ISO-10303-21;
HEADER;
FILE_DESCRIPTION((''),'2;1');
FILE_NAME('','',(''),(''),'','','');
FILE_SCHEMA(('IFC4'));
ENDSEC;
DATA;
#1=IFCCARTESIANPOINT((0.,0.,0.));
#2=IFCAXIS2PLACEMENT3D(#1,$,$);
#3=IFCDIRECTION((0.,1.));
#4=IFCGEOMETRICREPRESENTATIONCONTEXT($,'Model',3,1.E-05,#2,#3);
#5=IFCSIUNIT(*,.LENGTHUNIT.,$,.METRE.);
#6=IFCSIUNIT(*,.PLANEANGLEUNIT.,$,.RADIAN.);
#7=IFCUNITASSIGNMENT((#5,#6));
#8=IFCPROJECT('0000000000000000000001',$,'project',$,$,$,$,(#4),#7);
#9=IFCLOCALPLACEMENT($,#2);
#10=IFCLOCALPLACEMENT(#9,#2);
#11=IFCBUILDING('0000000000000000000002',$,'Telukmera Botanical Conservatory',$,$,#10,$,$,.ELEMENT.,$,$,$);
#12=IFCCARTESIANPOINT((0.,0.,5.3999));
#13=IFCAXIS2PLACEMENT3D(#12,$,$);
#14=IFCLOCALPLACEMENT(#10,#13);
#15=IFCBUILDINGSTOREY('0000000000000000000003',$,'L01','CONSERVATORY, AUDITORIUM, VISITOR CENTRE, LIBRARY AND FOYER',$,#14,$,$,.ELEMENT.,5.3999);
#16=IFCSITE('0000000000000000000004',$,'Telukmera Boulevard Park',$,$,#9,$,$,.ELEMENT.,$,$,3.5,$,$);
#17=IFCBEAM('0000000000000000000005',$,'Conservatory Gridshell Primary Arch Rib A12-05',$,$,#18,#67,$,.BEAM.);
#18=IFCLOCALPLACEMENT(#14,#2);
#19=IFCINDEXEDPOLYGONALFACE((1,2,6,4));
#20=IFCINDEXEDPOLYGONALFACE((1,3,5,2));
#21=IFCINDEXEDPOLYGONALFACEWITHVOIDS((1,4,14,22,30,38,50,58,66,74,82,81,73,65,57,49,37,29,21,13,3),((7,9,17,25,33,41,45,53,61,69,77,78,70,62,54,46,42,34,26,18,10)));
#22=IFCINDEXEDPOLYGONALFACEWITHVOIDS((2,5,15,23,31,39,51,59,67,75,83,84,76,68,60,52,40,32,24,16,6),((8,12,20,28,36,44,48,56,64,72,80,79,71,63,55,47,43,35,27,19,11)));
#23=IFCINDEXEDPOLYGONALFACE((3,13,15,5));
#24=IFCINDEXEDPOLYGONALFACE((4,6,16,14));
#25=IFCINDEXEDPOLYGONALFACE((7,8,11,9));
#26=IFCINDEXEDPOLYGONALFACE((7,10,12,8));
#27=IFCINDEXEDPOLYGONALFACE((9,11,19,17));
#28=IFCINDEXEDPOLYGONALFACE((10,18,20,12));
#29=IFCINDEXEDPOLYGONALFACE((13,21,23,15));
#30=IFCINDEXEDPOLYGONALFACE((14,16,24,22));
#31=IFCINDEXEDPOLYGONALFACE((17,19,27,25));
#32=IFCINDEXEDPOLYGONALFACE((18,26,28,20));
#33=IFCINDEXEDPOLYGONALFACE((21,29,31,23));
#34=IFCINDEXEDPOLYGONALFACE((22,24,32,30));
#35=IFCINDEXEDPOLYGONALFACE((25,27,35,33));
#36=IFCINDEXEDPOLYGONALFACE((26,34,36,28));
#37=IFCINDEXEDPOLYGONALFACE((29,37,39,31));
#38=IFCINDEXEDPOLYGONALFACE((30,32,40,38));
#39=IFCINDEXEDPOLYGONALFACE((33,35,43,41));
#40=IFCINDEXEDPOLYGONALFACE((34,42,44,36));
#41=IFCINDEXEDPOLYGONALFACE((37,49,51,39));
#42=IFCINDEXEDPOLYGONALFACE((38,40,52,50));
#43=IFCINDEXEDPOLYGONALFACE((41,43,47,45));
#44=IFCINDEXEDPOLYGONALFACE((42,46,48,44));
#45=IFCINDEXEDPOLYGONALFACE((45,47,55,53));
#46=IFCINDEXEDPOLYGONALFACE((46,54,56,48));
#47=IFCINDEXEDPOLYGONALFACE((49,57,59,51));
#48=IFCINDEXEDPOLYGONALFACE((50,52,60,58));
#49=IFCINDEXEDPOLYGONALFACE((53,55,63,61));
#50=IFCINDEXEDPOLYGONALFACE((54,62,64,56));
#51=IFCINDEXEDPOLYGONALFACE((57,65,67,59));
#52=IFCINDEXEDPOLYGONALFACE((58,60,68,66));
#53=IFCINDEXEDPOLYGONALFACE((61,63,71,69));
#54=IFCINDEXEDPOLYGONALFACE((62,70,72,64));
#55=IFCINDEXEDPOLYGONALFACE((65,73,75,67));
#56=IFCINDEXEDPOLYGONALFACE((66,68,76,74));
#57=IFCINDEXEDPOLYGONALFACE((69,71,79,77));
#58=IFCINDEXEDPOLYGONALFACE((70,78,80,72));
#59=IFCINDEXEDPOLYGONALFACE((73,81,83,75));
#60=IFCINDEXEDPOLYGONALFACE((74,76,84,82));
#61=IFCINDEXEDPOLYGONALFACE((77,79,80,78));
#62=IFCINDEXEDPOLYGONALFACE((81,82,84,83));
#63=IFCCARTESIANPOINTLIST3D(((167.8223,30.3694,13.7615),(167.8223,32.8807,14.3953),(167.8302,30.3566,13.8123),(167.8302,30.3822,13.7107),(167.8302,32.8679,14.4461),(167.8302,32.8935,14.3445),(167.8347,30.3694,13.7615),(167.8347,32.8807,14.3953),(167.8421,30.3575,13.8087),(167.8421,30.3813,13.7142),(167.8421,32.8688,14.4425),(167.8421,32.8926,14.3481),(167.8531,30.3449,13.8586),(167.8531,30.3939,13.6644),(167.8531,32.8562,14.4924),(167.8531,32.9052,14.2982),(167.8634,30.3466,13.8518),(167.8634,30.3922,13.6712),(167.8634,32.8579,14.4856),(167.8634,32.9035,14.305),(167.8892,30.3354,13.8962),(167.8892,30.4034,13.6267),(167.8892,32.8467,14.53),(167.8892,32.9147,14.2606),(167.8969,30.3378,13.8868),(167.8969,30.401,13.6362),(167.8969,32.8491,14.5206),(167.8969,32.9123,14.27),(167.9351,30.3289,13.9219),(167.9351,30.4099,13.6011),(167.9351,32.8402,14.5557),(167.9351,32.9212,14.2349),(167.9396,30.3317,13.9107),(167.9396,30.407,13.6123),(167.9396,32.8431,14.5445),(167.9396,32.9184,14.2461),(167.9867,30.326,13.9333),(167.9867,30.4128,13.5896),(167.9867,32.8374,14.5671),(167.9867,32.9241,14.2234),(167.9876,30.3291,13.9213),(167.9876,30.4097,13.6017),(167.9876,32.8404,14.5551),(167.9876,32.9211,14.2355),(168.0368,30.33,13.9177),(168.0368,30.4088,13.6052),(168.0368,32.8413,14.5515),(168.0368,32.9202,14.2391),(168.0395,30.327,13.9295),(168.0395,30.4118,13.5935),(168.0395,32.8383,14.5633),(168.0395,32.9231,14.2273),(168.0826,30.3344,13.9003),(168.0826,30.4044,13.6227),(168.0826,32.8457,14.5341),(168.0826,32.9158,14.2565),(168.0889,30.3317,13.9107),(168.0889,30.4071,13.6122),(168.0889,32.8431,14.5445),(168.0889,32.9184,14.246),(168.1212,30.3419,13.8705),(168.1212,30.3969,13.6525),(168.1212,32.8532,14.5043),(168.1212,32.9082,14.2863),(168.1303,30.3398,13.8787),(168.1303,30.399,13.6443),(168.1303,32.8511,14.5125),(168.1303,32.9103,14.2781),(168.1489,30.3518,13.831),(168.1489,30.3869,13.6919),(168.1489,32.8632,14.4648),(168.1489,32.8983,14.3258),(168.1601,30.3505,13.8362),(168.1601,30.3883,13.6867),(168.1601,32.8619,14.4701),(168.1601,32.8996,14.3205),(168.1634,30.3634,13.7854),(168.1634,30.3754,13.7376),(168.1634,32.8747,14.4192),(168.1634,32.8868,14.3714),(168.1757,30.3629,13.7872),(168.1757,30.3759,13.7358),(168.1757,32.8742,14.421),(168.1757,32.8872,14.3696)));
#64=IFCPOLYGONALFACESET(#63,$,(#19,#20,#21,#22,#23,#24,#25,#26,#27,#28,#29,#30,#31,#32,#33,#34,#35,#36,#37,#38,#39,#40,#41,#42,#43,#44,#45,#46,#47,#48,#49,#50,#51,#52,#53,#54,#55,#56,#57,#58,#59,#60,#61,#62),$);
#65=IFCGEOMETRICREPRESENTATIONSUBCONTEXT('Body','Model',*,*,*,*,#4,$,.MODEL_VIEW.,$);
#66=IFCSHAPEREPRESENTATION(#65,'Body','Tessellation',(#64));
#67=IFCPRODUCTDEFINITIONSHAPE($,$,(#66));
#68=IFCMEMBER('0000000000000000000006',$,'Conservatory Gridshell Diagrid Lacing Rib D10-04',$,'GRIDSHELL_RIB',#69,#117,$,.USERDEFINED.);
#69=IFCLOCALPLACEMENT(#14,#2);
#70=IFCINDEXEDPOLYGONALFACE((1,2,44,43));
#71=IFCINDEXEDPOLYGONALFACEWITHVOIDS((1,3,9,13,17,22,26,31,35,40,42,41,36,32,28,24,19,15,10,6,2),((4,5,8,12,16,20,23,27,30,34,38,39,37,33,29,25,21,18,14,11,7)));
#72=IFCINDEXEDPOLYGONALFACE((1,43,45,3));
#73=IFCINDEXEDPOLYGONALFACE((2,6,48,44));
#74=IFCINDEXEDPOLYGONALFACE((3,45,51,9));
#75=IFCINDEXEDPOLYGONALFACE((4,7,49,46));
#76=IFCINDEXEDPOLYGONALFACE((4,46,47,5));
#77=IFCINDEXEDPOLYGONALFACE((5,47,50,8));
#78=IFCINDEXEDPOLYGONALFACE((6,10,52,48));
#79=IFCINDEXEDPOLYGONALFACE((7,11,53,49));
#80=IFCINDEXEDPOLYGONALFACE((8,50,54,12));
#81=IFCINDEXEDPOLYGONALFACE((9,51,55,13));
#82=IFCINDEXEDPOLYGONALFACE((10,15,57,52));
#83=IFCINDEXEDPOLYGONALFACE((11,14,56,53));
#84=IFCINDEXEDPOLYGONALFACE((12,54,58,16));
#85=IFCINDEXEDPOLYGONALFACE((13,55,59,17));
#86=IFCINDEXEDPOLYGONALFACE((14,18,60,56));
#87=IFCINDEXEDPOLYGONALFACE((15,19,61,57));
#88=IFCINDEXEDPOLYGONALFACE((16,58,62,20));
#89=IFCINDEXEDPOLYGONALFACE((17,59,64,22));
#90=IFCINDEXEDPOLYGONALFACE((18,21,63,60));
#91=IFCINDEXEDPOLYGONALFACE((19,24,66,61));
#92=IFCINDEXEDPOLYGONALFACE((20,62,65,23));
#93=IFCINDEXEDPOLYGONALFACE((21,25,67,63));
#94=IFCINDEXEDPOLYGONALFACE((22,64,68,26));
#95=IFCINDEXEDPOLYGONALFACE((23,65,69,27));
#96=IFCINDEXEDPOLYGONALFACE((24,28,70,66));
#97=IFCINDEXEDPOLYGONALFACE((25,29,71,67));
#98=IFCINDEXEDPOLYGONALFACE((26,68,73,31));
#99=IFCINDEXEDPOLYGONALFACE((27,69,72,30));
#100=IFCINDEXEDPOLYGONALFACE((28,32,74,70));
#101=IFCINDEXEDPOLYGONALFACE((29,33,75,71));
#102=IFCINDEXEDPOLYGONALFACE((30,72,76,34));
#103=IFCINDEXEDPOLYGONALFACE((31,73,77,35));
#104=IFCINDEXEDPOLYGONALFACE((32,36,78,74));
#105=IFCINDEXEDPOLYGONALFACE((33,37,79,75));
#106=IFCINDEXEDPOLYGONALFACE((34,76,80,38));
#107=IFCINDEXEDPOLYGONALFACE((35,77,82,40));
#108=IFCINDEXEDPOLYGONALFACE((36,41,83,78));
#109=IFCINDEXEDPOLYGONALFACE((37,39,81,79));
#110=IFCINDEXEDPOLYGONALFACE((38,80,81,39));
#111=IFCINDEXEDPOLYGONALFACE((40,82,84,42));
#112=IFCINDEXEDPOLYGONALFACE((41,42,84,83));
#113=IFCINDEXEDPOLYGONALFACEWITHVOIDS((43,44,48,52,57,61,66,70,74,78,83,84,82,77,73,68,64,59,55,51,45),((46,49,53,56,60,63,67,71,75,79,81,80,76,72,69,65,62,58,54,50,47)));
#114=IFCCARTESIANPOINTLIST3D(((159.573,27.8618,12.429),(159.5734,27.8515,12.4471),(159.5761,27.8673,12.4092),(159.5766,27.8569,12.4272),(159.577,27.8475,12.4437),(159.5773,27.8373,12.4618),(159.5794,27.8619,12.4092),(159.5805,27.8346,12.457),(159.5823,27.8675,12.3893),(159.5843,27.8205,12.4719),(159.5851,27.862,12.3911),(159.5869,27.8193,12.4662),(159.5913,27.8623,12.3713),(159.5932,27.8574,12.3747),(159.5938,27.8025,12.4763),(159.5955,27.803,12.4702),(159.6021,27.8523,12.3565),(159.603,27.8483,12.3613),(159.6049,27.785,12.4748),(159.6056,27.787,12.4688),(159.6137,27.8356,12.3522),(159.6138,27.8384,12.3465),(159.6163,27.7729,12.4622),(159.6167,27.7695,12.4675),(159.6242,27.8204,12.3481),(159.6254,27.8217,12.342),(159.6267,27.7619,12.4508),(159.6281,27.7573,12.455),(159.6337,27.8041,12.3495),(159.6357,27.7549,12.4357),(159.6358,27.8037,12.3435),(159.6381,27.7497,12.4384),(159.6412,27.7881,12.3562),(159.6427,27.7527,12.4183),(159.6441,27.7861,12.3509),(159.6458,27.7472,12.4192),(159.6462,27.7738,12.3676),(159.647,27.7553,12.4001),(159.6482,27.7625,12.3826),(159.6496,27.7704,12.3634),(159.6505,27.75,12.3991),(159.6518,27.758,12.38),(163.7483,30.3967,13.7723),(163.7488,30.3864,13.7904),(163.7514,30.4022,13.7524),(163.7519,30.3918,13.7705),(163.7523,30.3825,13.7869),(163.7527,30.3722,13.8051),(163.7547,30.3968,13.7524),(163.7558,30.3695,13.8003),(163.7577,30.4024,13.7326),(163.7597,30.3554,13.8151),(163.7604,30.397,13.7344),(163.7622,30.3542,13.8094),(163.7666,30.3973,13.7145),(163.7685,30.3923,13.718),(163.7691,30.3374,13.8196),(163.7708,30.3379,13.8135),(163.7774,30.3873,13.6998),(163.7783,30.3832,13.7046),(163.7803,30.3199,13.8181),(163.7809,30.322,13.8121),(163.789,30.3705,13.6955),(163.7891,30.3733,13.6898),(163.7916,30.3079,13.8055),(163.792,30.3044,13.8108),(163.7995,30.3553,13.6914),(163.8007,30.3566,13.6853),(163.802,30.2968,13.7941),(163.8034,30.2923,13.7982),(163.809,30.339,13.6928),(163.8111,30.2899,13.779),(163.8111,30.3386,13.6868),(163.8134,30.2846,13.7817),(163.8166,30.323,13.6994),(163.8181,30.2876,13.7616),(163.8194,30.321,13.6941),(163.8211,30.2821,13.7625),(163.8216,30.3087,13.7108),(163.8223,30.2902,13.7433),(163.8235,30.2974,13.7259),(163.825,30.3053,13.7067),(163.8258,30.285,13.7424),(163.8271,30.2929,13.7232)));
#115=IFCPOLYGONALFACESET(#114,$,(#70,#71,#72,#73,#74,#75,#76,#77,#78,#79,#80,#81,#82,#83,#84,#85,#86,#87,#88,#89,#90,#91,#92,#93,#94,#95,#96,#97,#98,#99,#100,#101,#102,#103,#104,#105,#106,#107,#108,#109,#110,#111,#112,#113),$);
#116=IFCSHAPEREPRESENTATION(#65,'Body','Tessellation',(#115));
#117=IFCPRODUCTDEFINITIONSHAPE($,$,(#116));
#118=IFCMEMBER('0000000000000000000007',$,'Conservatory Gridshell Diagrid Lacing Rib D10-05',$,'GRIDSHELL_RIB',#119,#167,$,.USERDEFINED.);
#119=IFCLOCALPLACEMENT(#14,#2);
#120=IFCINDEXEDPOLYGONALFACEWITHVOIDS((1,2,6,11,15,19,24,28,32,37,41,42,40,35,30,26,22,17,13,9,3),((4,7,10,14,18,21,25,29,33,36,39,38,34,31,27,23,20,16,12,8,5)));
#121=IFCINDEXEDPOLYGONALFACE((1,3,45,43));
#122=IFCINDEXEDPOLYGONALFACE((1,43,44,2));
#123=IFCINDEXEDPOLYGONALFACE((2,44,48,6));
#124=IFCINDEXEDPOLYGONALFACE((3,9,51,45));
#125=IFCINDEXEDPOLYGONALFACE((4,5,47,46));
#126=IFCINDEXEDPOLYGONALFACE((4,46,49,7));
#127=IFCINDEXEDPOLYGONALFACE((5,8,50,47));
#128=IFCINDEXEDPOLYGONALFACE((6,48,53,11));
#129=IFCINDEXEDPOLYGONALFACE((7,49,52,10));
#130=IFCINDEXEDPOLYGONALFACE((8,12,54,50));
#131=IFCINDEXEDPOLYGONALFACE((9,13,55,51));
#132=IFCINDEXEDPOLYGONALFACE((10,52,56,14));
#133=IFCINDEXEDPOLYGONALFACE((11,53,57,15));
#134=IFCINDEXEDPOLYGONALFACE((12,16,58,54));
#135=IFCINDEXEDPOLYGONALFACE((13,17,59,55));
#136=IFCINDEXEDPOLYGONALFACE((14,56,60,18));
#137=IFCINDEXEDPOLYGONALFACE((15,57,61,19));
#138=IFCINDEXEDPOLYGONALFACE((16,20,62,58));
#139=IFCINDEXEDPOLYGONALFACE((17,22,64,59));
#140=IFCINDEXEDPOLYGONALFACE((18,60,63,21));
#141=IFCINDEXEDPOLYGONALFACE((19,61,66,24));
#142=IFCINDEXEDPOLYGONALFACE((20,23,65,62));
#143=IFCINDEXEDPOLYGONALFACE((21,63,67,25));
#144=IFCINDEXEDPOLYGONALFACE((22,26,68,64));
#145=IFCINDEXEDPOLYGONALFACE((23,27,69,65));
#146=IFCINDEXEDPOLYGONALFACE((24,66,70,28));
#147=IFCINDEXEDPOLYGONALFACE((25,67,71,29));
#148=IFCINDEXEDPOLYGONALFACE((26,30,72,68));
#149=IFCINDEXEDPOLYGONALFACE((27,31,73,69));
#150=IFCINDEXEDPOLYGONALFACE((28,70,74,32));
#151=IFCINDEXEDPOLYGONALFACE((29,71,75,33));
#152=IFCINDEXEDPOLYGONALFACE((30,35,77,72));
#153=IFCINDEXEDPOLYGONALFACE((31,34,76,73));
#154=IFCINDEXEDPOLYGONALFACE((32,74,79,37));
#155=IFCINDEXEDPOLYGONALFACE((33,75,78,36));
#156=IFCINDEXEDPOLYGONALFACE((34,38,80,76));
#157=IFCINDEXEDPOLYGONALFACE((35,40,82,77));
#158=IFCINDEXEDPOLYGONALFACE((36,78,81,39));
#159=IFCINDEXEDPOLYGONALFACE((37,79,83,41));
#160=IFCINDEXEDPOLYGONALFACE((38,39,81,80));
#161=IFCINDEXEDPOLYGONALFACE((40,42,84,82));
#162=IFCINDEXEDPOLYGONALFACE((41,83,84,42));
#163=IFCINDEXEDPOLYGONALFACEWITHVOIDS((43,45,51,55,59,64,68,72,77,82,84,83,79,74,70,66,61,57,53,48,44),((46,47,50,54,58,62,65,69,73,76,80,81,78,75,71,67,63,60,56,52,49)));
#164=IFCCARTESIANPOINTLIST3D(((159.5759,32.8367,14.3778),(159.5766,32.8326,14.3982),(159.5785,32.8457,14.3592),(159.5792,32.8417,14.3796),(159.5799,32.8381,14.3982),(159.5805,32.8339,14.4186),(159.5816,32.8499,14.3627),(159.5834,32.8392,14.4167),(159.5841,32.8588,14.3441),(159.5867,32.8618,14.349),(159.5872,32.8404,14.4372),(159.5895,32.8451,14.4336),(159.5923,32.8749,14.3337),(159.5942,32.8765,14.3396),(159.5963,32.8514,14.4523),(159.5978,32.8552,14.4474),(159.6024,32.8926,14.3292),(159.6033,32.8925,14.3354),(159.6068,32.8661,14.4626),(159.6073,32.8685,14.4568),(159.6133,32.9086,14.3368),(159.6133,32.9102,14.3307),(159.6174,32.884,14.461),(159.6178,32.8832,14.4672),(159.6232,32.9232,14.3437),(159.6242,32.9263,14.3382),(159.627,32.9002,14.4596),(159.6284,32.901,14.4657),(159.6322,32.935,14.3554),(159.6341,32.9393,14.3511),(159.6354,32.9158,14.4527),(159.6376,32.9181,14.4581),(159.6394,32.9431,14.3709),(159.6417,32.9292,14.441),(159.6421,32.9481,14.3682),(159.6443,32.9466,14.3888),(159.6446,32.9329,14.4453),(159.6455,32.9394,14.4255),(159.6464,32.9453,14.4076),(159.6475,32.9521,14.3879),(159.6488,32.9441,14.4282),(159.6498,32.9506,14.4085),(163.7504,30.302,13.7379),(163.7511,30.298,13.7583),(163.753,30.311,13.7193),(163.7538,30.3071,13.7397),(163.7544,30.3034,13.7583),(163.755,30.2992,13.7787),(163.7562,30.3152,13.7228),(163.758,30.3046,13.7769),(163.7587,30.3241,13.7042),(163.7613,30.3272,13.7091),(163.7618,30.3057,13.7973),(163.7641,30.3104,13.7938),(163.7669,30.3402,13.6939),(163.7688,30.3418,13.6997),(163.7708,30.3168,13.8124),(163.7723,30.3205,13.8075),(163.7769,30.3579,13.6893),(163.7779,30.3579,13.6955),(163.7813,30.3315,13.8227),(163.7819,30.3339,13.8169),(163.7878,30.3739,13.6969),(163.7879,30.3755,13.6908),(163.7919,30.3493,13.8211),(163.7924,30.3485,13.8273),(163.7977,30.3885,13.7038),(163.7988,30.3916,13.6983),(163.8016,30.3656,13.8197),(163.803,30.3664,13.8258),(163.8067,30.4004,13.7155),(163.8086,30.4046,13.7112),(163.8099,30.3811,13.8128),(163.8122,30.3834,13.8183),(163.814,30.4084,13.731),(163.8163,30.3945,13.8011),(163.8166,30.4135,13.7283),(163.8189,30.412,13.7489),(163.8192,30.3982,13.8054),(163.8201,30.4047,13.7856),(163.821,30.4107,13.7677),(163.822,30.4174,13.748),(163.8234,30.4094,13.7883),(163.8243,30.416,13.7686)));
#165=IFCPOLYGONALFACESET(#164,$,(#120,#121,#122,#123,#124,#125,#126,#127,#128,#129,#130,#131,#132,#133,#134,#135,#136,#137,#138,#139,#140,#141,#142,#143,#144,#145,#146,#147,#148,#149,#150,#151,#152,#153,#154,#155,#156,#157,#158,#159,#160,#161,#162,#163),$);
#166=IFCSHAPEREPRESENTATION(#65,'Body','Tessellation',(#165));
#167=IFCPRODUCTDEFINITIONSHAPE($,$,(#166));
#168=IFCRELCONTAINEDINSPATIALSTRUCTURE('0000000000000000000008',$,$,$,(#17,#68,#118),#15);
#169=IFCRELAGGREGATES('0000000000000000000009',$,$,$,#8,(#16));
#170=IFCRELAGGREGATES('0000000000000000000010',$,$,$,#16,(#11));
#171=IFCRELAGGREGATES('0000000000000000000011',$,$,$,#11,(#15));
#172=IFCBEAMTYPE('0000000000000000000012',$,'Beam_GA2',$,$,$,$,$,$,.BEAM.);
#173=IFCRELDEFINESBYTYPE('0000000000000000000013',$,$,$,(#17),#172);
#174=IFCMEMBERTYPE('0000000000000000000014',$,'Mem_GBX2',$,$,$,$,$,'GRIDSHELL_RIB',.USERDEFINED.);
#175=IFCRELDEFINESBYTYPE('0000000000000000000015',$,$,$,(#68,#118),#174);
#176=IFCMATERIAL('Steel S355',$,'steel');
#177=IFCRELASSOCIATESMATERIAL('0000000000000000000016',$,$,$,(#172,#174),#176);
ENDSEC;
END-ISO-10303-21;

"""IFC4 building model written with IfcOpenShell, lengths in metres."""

from ifc_helpers import new_model, si_unit, direction, frame, origin, origin_2d, place, context, subcontext, project, spatial, hollow_circle, extrude, material, material_profile, profile_set, type_object, element, save


model = new_model("IFC4")

# Units and contexts
model_context = context("Model", 3, precision=1e-05, world=origin(), true_north=direction((0.0, 1.0)))
body_context = subcontext(model_context, "Body", "Model", "MODEL_VIEW")
ifc_project = project(units=[si_unit("LENGTHUNIT", "METRE"), si_unit("PLANEANGLEUNIT", "RADIAN")], contexts=[model_context])

# Site, building, storey
site_placement = place(None, origin())
site = spatial("IfcSite", under=ifc_project, at=site_placement, Name="Telukmera Boulevard Park", CompositionType="ELEMENT", RefElevation=3.5)
building_placement = place(site_placement, origin())
building = spatial("IfcBuilding", under=site, at=building_placement, Name="Telukmera Botanical Conservatory", CompositionType="ELEMENT")
storey_placement = place(building_placement, frame((0.0, 0.0, 5.3999)))
storey = spatial("IfcBuildingStorey", under=building, at=storey_placement, Name="L01", Description="CONSERVATORY, AUDITORIUM, VISITOR CENTRE, LIBRARY AND FOYER", CompositionType="ELEMENT", Elevation=5.3999)

# Beam
ifc_material = material(Name="Steel S355", Category="steel")
ifc_material_profile_1 = material_profile(ifc_material, hollow_circle(Radius=0.1777, WallThickness=0.0125, at=origin_2d()), Name="CHS 355.6x12.5")
ifc_profile_set_1 = profile_set([ifc_material_profile_1], Name="Steel S355")
beam_type = type_object("IfcBeamType", Name="Beam_GA2", PredefinedType="BEAM", material=ifc_profile_set_1)
beam_1_placement = place(storey_placement, frame((168.0, 30.3694, 13.7615), z_axis=(0.0, 0.969597, 0.244709), x_axis=(-1.0, 0.0, 0.0)))
element("IfcBeam", 1, at=beam_1_placement, inside=storey, type_object=beam_type, Name="Conservatory Gridshell Primary Arch Rib A12-05", PredefinedType="BEAM", context=body_context, shape_type="SweptSolid", body=[
    extrude(hollow_circle(Radius=0.1777, WallThickness=0.0125, at=origin_2d()), origin(), (0.0, 0.0, 1.0), 2.5901),
])

# Members
ifc_material_profile_2 = material_profile(ifc_material, hollow_circle(Radius=0.0698, WallThickness=0.0063, at=origin_2d()), Name="CHS 139.7x6.3")
ifc_profile_set_2 = profile_set([ifc_material_profile_2], Name="Steel S355")
member_type_1 = type_object("IfcMemberType", Name="Mem_GBX2", ElementType="GRIDSHELL_RIB", PredefinedType="USERDEFINED", material=ifc_profile_set_2)
member_1_placement = place(storey_placement, frame((159.6123, 27.8076, 12.4092), z_axis=(0.824198, 0.500389, 0.265158), x_axis=(-0.518965, 0.854795, 0.0)))
element("IfcMember", 2, at=member_1_placement, inside=storey, type_object=member_type_1, Name="Conservatory Gridshell Diagrid Lacing Rib D10-04", ObjectType="GRIDSHELL_RIB", PredefinedType="USERDEFINED", context=body_context, shape_type="SweptSolid", body=[
    extrude(hollow_circle(Radius=0.0698, WallThickness=0.0063, at=origin_2d()), origin(), (0.0, 0.0, 1.0), 5.0659),
])
member_2_placement = place(storey_placement, frame((163.7874, 30.3577, 13.7583), z_axis=(-0.847533, 0.514597, 0.129913), x_axis=(-0.518995, -0.854777, 0.0)))
element("IfcMember", 3, at=member_2_placement, inside=storey, type_object=member_type_1, Name="Conservatory Gridshell Diagrid Lacing Rib D10-05", ObjectType="GRIDSHELL_RIB", PredefinedType="USERDEFINED", context=body_context, shape_type="SweptSolid", body=[
    extrude(hollow_circle(Radius=0.0698, WallThickness=0.0063, at=origin_2d()), origin(), (0.0, 0.0, 1.0), 4.9255),
])

save(model, "model.ifc")
